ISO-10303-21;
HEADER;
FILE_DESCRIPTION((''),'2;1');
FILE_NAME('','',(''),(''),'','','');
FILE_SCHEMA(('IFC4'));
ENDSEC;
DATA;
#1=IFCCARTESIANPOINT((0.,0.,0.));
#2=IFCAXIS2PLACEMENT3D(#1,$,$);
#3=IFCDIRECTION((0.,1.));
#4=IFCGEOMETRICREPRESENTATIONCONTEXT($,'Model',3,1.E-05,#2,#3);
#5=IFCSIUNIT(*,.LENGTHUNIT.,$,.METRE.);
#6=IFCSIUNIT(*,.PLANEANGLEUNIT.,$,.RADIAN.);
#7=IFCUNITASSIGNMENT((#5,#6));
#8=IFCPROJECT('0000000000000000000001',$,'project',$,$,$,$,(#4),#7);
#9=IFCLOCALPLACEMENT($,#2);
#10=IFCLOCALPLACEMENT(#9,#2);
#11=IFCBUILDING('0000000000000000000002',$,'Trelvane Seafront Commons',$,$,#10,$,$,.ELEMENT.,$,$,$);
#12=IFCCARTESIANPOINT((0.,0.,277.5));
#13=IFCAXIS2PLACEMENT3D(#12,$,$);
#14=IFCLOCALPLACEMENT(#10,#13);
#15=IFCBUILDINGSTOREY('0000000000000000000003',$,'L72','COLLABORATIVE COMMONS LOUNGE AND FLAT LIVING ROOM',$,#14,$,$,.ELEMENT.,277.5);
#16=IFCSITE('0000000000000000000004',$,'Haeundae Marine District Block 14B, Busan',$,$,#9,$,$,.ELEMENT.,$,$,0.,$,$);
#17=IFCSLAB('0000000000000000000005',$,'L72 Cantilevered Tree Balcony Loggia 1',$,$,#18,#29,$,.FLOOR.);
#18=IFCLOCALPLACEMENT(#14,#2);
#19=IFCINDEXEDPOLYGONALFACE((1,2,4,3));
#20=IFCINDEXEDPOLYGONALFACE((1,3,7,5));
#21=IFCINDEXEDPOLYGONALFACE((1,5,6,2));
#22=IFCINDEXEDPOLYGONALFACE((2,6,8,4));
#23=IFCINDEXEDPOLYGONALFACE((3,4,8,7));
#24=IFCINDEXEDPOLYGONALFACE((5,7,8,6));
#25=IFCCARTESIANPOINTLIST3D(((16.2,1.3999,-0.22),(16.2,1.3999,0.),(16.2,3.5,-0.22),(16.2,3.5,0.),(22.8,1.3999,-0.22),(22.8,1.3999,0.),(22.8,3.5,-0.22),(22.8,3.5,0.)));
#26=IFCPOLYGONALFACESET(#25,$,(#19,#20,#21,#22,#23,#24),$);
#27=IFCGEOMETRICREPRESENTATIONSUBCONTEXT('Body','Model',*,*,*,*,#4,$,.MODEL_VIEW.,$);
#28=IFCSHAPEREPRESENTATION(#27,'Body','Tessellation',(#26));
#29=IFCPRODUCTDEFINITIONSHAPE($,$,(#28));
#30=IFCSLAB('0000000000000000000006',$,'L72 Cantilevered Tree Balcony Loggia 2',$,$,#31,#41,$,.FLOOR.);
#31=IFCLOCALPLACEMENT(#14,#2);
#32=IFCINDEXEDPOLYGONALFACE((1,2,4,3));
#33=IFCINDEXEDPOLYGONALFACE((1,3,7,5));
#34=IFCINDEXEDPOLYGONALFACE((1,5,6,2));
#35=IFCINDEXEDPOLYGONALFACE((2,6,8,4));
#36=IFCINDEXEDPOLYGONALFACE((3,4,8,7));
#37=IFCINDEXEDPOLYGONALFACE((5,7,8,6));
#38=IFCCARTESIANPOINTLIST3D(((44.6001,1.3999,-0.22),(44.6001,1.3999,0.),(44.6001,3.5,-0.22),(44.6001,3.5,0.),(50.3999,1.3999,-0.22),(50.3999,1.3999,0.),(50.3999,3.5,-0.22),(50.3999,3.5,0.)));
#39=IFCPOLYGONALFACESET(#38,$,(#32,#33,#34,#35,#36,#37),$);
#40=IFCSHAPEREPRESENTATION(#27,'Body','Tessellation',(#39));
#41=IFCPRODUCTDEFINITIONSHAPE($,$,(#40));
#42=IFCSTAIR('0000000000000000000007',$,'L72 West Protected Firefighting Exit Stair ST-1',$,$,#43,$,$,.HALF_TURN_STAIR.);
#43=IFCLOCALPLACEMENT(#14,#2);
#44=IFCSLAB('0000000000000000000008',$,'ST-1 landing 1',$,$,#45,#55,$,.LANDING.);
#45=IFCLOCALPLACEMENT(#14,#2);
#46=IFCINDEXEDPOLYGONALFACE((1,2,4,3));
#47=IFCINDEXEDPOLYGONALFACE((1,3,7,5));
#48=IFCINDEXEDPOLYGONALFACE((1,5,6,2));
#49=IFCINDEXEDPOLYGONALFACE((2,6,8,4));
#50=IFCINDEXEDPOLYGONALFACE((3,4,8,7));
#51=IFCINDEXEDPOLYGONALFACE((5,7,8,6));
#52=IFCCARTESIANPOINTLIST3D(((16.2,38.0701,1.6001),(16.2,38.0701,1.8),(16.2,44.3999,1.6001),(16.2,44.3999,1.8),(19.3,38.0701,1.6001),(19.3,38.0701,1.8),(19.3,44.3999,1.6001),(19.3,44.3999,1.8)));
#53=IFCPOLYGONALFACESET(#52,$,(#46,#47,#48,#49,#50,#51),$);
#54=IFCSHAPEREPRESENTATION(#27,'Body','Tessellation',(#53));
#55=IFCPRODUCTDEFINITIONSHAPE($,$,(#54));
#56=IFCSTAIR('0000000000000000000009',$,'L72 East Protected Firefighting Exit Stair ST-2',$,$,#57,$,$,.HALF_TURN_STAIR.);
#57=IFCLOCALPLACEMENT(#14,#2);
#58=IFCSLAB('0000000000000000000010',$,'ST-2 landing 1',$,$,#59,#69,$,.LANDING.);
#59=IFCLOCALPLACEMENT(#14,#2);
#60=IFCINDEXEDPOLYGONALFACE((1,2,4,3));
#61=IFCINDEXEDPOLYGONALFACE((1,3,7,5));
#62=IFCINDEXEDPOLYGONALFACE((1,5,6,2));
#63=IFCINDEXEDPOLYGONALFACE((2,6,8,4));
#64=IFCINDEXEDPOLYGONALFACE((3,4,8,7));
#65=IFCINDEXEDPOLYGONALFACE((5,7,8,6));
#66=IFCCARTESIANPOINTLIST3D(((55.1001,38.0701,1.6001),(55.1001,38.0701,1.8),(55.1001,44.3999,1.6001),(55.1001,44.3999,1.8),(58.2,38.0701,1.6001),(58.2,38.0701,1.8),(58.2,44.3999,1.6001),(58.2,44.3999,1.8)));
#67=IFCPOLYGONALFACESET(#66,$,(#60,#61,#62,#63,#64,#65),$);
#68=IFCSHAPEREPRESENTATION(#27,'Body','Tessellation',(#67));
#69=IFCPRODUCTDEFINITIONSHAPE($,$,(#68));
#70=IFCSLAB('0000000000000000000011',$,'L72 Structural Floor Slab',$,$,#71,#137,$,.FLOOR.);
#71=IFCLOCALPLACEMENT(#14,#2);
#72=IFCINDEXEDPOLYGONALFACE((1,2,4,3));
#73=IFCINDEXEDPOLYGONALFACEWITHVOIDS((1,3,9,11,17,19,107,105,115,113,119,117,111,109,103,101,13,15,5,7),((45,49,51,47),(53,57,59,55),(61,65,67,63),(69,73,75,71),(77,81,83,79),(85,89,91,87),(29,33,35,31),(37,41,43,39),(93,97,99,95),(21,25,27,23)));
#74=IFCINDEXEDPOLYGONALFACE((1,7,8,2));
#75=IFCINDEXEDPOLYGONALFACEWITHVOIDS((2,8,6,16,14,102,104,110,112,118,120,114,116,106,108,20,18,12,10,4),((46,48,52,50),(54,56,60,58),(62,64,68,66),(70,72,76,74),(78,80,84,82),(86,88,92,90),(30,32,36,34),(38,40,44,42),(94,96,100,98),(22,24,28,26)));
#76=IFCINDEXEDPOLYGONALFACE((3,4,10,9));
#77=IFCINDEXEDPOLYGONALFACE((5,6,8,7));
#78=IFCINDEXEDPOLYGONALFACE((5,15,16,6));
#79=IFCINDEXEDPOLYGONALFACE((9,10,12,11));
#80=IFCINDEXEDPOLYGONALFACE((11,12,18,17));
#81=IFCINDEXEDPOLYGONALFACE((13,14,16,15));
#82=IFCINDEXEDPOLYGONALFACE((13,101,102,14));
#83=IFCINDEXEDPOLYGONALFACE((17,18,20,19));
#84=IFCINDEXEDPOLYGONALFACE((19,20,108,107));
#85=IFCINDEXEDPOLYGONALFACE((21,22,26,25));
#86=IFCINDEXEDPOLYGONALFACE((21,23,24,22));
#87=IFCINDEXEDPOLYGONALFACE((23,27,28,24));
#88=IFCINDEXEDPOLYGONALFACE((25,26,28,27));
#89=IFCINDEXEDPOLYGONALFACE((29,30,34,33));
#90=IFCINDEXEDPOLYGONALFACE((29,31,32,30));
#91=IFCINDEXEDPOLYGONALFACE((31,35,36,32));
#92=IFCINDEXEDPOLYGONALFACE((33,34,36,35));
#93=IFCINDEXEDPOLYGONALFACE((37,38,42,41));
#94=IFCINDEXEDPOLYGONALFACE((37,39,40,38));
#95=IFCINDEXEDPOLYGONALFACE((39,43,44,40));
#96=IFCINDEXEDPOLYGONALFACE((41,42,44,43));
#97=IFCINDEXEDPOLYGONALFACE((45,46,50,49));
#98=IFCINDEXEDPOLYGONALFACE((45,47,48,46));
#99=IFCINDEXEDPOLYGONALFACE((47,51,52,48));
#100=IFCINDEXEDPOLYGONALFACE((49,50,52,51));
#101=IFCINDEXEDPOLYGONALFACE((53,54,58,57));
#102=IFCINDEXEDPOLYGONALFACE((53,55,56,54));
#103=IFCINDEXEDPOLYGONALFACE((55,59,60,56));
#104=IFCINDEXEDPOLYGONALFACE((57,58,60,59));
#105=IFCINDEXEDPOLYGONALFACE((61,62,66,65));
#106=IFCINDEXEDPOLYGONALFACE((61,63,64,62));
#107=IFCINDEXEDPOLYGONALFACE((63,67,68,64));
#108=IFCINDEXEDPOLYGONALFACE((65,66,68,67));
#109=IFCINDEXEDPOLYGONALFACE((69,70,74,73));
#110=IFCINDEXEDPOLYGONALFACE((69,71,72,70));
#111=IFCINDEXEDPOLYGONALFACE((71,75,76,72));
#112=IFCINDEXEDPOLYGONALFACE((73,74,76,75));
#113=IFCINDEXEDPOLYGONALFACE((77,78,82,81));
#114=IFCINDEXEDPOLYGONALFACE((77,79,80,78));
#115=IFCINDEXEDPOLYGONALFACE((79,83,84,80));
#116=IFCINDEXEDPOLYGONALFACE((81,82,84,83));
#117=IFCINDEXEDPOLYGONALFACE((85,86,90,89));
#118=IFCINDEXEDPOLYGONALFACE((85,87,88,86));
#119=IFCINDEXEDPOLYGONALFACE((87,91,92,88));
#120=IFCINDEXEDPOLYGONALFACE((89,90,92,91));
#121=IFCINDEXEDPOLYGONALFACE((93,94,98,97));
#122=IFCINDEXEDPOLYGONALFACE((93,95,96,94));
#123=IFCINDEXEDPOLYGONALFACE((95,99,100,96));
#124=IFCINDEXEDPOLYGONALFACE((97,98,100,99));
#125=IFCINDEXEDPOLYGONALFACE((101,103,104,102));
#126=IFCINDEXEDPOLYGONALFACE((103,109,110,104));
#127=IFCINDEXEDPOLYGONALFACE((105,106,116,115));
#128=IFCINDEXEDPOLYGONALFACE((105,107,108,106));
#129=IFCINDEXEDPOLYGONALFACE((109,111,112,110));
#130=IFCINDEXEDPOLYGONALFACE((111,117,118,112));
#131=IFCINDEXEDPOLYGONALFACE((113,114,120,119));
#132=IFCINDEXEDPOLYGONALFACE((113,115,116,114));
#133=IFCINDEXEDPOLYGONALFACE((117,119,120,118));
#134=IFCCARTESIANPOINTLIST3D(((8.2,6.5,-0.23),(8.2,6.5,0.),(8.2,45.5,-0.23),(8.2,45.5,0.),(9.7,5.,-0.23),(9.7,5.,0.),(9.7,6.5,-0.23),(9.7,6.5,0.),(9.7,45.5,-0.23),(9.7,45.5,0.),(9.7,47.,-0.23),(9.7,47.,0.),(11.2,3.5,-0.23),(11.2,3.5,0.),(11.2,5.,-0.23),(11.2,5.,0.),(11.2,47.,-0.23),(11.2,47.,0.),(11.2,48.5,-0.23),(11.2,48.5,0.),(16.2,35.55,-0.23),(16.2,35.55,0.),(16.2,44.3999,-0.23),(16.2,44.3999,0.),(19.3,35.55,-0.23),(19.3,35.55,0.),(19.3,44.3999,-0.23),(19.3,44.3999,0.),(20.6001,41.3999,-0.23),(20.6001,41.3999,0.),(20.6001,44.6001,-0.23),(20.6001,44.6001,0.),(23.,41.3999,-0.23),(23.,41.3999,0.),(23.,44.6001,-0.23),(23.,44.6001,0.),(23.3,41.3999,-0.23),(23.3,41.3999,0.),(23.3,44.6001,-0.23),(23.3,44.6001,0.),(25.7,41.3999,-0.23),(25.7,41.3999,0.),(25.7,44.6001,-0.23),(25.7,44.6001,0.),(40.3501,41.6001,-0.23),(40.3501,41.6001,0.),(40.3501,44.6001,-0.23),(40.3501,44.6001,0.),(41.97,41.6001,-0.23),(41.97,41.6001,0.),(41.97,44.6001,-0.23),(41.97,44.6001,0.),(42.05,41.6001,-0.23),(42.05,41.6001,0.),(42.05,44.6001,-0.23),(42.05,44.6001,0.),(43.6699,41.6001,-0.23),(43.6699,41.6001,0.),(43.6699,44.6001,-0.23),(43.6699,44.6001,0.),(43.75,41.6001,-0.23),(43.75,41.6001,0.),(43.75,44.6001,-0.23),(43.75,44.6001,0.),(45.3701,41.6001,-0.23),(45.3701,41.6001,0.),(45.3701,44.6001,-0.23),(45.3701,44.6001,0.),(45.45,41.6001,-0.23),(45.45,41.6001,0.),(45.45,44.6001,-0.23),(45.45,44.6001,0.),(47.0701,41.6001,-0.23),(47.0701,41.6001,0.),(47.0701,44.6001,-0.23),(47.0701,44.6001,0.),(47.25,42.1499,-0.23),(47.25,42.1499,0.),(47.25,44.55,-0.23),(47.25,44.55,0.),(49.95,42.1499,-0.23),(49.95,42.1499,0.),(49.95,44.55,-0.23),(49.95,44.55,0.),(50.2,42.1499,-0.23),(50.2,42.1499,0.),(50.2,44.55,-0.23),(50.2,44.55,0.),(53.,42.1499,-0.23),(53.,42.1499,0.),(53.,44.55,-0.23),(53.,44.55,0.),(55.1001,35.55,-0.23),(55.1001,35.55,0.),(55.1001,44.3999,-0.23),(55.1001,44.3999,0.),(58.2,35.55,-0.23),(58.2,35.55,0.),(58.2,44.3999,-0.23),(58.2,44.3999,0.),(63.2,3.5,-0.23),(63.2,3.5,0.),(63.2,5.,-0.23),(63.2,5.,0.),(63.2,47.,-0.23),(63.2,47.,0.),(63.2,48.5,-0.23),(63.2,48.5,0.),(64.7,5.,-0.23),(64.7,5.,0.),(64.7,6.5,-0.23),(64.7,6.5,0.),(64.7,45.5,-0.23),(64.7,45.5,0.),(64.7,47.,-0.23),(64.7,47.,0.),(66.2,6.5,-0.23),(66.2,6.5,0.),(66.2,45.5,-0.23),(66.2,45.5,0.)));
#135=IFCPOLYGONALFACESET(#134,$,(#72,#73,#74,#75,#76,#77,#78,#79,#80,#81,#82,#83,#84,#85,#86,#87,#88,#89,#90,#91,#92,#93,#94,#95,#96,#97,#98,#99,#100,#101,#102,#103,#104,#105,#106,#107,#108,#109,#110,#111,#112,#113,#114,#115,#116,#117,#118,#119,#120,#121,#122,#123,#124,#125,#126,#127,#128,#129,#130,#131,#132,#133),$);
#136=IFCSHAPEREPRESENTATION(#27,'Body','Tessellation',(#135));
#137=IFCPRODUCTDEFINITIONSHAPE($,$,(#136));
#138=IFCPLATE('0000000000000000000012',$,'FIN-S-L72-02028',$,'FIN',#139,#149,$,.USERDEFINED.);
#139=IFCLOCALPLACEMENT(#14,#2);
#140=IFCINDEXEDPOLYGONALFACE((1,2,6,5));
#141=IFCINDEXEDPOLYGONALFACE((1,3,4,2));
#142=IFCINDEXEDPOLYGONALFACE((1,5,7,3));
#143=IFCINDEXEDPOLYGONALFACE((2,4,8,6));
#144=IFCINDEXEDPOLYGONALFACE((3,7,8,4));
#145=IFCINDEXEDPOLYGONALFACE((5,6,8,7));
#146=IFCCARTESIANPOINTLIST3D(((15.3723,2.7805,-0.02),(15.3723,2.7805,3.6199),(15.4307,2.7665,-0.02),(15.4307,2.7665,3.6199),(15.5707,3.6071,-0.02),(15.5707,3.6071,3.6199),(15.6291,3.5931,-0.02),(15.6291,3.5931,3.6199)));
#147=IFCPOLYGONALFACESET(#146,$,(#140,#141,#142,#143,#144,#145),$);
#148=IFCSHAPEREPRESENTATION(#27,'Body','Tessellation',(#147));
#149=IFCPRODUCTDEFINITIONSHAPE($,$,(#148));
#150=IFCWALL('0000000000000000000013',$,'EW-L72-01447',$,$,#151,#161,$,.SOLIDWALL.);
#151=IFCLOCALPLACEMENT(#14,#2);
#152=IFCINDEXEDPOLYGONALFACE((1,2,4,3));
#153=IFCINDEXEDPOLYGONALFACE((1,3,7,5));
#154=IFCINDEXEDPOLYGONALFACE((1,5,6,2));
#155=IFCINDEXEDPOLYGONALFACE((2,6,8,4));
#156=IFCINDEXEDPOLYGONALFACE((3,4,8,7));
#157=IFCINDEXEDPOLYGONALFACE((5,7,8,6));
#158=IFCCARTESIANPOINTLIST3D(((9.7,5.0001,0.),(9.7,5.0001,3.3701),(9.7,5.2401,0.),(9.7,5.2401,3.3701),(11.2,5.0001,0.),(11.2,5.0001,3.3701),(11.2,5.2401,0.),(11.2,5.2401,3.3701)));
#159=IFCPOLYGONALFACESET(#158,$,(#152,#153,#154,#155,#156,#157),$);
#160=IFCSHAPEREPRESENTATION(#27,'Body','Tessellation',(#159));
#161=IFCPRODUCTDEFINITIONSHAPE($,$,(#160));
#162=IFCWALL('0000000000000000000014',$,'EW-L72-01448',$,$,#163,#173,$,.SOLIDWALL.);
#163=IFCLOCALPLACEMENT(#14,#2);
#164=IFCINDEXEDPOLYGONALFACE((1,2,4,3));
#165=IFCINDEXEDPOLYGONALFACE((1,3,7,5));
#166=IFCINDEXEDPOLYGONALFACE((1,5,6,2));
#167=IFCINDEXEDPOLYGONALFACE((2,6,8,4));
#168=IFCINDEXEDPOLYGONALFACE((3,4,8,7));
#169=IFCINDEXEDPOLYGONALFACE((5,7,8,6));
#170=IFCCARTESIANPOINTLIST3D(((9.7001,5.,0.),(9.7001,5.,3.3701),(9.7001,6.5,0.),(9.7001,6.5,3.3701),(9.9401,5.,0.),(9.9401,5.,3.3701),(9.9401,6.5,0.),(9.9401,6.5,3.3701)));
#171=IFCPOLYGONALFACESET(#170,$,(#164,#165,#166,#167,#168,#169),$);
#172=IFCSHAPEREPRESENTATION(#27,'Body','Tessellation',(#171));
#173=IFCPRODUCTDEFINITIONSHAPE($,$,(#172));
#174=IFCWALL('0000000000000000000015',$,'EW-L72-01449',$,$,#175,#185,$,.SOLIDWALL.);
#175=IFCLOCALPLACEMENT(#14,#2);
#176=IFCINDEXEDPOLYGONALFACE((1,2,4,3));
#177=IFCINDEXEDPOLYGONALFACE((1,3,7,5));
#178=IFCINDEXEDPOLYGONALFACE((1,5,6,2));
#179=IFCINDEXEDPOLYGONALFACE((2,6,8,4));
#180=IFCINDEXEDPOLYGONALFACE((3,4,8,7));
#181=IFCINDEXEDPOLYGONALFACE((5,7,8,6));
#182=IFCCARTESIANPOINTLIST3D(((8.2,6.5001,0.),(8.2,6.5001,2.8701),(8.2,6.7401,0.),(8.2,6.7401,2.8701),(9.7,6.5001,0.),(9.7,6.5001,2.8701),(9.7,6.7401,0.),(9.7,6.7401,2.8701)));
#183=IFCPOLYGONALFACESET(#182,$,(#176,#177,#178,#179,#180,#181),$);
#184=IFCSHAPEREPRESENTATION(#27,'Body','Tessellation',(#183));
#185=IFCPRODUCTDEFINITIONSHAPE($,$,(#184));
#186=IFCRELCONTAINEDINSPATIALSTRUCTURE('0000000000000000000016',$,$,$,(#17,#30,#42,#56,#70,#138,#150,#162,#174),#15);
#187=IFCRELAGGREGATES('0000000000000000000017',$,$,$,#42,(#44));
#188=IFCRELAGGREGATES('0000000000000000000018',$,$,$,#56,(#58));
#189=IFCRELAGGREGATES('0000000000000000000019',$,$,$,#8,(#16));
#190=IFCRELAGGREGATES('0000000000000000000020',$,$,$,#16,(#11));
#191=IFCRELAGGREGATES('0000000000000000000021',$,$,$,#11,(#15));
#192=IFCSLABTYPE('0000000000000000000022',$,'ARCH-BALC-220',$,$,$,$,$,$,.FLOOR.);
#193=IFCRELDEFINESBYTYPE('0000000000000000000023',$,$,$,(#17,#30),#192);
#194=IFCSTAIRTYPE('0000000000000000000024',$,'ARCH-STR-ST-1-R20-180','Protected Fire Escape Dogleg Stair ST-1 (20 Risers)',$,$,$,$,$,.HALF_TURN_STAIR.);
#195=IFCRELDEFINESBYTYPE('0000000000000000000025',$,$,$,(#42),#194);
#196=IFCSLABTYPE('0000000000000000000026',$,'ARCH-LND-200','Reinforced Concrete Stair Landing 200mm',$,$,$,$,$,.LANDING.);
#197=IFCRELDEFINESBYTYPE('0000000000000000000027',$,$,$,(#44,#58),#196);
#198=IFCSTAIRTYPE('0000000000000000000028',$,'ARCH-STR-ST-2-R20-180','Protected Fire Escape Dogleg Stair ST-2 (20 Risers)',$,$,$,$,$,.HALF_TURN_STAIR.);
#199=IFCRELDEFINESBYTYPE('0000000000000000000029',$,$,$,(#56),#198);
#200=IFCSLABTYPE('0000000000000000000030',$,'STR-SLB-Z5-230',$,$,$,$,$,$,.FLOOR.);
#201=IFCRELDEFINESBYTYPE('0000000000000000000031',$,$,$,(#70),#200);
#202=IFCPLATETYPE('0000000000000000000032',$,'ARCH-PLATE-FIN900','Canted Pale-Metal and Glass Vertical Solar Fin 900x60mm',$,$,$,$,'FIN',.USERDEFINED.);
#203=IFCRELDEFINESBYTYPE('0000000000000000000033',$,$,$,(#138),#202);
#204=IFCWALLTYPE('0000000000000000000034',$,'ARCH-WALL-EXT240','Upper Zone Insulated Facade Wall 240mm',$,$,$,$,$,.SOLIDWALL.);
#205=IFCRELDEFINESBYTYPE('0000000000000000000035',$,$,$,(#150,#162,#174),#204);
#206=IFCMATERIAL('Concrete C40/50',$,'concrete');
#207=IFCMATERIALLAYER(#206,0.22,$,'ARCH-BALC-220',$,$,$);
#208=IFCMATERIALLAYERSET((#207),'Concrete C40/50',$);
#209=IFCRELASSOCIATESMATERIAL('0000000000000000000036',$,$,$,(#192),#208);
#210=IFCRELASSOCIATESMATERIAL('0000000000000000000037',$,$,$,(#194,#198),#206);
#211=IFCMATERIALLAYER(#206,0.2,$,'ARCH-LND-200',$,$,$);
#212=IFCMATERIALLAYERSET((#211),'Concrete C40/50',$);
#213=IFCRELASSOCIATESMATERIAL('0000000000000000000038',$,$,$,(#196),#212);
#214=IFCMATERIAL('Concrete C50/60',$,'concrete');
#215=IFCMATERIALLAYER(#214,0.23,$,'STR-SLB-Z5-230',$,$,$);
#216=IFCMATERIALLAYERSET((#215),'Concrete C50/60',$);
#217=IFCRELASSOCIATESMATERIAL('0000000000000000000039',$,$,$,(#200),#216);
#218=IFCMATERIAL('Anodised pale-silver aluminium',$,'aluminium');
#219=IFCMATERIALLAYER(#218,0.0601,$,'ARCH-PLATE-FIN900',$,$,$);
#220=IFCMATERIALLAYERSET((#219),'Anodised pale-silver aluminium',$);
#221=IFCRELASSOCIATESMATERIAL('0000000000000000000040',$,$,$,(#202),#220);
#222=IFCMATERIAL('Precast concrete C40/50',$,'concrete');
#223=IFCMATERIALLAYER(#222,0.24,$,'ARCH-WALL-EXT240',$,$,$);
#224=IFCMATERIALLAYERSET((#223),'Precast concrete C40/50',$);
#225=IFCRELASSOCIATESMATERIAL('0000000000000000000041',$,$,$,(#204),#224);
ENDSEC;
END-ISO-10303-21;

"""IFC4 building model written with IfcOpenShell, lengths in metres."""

from ifc_helpers import new_model, si_unit, direction, frame, frame_2d, origin, origin_2d, place, context, subcontext, project, spatial, polyline, rectangle, outline, extrude, source, transform, mapped, material, layer, layer_set, type_object, element, aggregate, save


model = new_model("IFC4")

# Units and contexts
model_context = context("Model", 3, precision=1e-05, world=origin(), true_north=direction((0.0, 1.0)))
body_context = subcontext(model_context, "Body", "Model", "MODEL_VIEW")
ifc_project = project(units=[si_unit("LENGTHUNIT", "METRE"), si_unit("PLANEANGLEUNIT", "RADIAN")], contexts=[model_context])

# Site, building, storey
site_placement = place(None, origin())
site = spatial("IfcSite", under=ifc_project, at=site_placement, Name="Haeundae Marine District Block 14B, Busan", CompositionType="ELEMENT", RefElevation=0.0)
building_placement = place(site_placement, origin())
building = spatial("IfcBuilding", under=site, at=building_placement, Name="Trelvane Seafront Commons", CompositionType="ELEMENT")
storey_placement = place(building_placement, frame((0.0, 0.0, 277.5)))
storey = spatial("IfcBuildingStorey", under=building, at=storey_placement, Name="L72", Description="COLLABORATIVE COMMONS LOUNGE AND FLAT LIVING ROOM", CompositionType="ELEMENT", Elevation=277.5)

# Slabs
ifc_material_1 = material(Name="Concrete C40/50", Category="concrete")
ifc_layer_1 = layer(ifc_material_1, 0.22, Name="ARCH-BALC-220")
ifc_layer_set_1 = layer_set([ifc_layer_1], Name="Concrete C40/50")
slab_type_1 = type_object("IfcSlabType", Name="ARCH-BALC-220", PredefinedType="FLOOR", material=ifc_layer_set_1)
slab_1_placement = place(storey_placement, frame((0.0, 0.0, -0.22)))
element("IfcSlab", 1, at=slab_1_placement, inside=storey, type_object=slab_type_1, Name="L72 Cantilevered Tree Balcony Loggia 1", PredefinedType="FLOOR", context=body_context, shape_type="SweptSolid", body=[
    extrude(outline(polyline([(16.2, 1.3999), (22.8, 1.3999), (22.8, 3.5), (16.2, 3.5), (16.2, 1.3999)])), origin(), (0.0, 0.0, 1.0), 0.22),
])
slab_2_placement = place(storey_placement, frame((0.0, 0.0, -0.22)))
element("IfcSlab", 2, at=slab_2_placement, inside=storey, type_object=slab_type_1, Name="L72 Cantilevered Tree Balcony Loggia 2", PredefinedType="FLOOR", context=body_context, shape_type="SweptSolid", body=[
    extrude(outline(polyline([(44.6001, 1.3999), (50.3999, 1.3999), (50.3999, 3.5), (44.6001, 3.5), (44.6001, 1.3999)])), origin(), (0.0, 0.0, 1.0), 0.22),
])

# Stairs, slabs
stair_type_1 = type_object("IfcStairType", Name="ARCH-STR-ST-1-R20-180", Description="Protected Fire Escape Dogleg Stair ST-1 (20 Risers)", PredefinedType="HALF_TURN_STAIR", material=ifc_material_1)
stair_1_placement = place(storey_placement, origin())
stair_1 = element("IfcStair", 3, at=stair_1_placement, inside=storey, type_object=stair_type_1, Name="L72 West Protected Firefighting Exit Stair ST-1", PredefinedType="HALF_TURN_STAIR")
ifc_layer_2 = layer(ifc_material_1, 0.2, Name="ARCH-LND-200")
ifc_layer_set_2 = layer_set([ifc_layer_2], Name="Concrete C40/50")
slab_type_2 = type_object("IfcSlabType", Name="ARCH-LND-200", Description="Reinforced Concrete Stair Landing 200mm", PredefinedType="LANDING", material=ifc_layer_set_2)
slab_3_placement = place(storey_placement, frame((0.0, 0.0, 1.6001)))
slab_3 = element("IfcSlab", 4, at=slab_3_placement, type_object=slab_type_2, Name="ST-1 landing 1", PredefinedType="LANDING", context=body_context, shape_type="SweptSolid", body=[
    extrude(outline(polyline([(19.3, 38.0701), (19.3, 44.3999), (16.2, 44.3999), (16.2, 38.0701), (19.3, 38.0701)])), origin(), (0.0, 0.0, 1.0), 0.2),
])
aggregate(stair_1, [slab_3])
stair_type_2 = type_object("IfcStairType", Name="ARCH-STR-ST-2-R20-180", Description="Protected Fire Escape Dogleg Stair ST-2 (20 Risers)", PredefinedType="HALF_TURN_STAIR", material=ifc_material_1)
stair_2_placement = place(storey_placement, origin())
stair_2 = element("IfcStair", 5, at=stair_2_placement, inside=storey, type_object=stair_type_2, Name="L72 East Protected Firefighting Exit Stair ST-2", PredefinedType="HALF_TURN_STAIR")
slab_4_placement = place(storey_placement, frame((0.0, 0.0, 1.6001)))
slab_4 = element("IfcSlab", 6, at=slab_4_placement, type_object=slab_type_2, Name="ST-2 landing 1", PredefinedType="LANDING", context=body_context, shape_type="SweptSolid", body=[
    extrude(outline(polyline([(58.2, 38.0701), (58.2, 44.3999), (55.1001, 44.3999), (55.1001, 38.0701), (58.2, 38.0701)])), origin(), (0.0, 0.0, 1.0), 0.2),
])
aggregate(stair_2, [slab_4])

# Slab
ifc_material_2 = material(Name="Concrete C50/60", Category="concrete")
ifc_layer_3 = layer(ifc_material_2, 0.23, Name="STR-SLB-Z5-230")
ifc_layer_set_3 = layer_set([ifc_layer_3], Name="Concrete C50/60")
slab_type_3 = type_object("IfcSlabType", Name="STR-SLB-Z5-230", PredefinedType="FLOOR", material=ifc_layer_set_3)
slab_5_placement = place(storey_placement, frame((0.0, 0.0, -0.23)))
element("IfcSlab", 7, at=slab_5_placement, inside=storey, type_object=slab_type_3, Name="L72 Structural Floor Slab", PredefinedType="FLOOR", context=body_context, shape_type="SweptSolid", body=[
    extrude(outline(polyline([(11.2, 3.5), (63.2, 3.5), (63.2, 5.0), (64.7, 5.0), (64.7, 6.5), (66.2, 6.5), (66.2, 45.5), (64.7, 45.5), (64.7, 47.0), (63.2, 47.0), (63.2, 48.5), (11.2, 48.5), (11.2, 47.0), (9.7, 47.0), (9.7, 45.5), (8.2, 45.5), (8.2, 6.5), (9.7, 6.5), (9.7, 5.0), (11.2, 5.0), (11.2, 3.5)]), holes=[polyline([(19.3, 35.55), (16.2, 35.55), (16.2, 44.3999), (19.3, 44.3999), (19.3, 35.55)]), polyline([(58.2, 35.55), (55.1001, 35.55), (55.1001, 44.3999), (58.2, 44.3999), (58.2, 35.55)]), polyline([(23.0, 41.3999), (20.6001, 41.3999), (20.6001, 44.6001), (23.0, 44.6001), (23.0, 41.3999)]), polyline([(23.3, 41.3999), (23.3, 44.6001), (25.7, 44.6001), (25.7, 41.3999), (23.3, 41.3999)]), polyline([(40.3501, 41.6001), (40.3501, 44.6001), (41.97, 44.6001), (41.97, 41.6001), (40.3501, 41.6001)]), polyline([(43.6699, 41.6001), (42.05, 41.6001), (42.05, 44.6001), (43.6699, 44.6001), (43.6699, 41.6001)]), polyline([(45.3701, 41.6001), (43.75, 41.6001), (43.75, 44.6001), (45.3701, 44.6001), (45.3701, 41.6001)]), polyline([(47.0701, 41.6001), (45.45, 41.6001), (45.45, 44.6001), (47.0701, 44.6001), (47.0701, 41.6001)]), polyline([(47.25, 42.1499), (47.25, 44.55), (49.95, 44.55), (49.95, 42.1499), (47.25, 42.1499)]), polyline([(50.2, 42.1499), (50.2, 44.55), (53.0, 44.55), (53.0, 42.1499), (50.2, 42.1499)])]), origin(), (0.0, 0.0, 1.0), 0.23),
])

# Plate
ifc_material_3 = material(Name="Anodised pale-silver aluminium", Category="aluminium")
ifc_layer_4 = layer(ifc_material_3, 0.0601, Name="ARCH-PLATE-FIN900")
ifc_layer_set_4 = layer_set([ifc_layer_4], Name="Anodised pale-silver aluminium")
plate_type = type_object("IfcPlateType", Name="ARCH-PLATE-FIN900", Description="Canted Pale-Metal and Glass Vertical Solar Fin 900x60mm", ElementType="FIN", PredefinedType="USERDEFINED", material=ifc_layer_set_4)
shared_shape_1 = source(origin(), body_context, "Body", "SweptSolid", [
    extrude(rectangle(XDim=0.8501, YDim=0.0601, at=origin_2d()), origin(), (0.0, 0.0, 1.0), 3.6399),
])
plate_placement = place(storey_placement, frame((15.5007, 3.1868, -0.02), z_axis=(0.0, 0.0, 1.0), x_axis=(-0.233418, -0.972376, 0.0)))
element("IfcPlate", 8, at=plate_placement, inside=storey, type_object=plate_type, Name="FIN-S-L72-02028", ObjectType="FIN", PredefinedType="USERDEFINED", context=body_context, shape_type="MappedRepresentation", body=[
    mapped(shared_shape_1, transform((0.0, 0.0, 0.0), x_axis=(1.0, 0.0, 0.0), y_axis=(0.0, 1.0, 0.0), z_axis=(0.0, 0.0, 1.0), scale=1.0)),
])

# Walls
ifc_material_4 = material(Name="Precast concrete C40/50", Category="concrete")
ifc_layer_5 = layer(ifc_material_4, 0.24, Name="ARCH-WALL-EXT240")
ifc_layer_set_5 = layer_set([ifc_layer_5], Name="Precast concrete C40/50")
wall_type_1 = type_object("IfcWallType", Name="ARCH-WALL-EXT240", Description="Upper Zone Insulated Facade Wall 240mm", PredefinedType="SOLIDWALL", material=ifc_layer_set_5)
for number, where, z_axis, x_axis, name in (
    (9, (11.2, 5.1201, 0.0), (0.0, 0.0, 1.0), (-1.0, 0.0, 0.0), "EW-L72-01447"),
    (10, (9.8201, 5.0, 0.0), (0.0, 0.0, 1.0), (0.0, 1.0, 0.0), "EW-L72-01448"),
):
    element("IfcWall", number, at=place(storey_placement, frame(where, z_axis=z_axis, x_axis=x_axis)), inside=storey, type_object=wall_type_1, Name=name, PredefinedType="SOLIDWALL", context=body_context, shape_type="SweptSolid", body=[
        extrude(rectangle(XDim=1.5, YDim=0.24, at=frame_2d((0.75, 0.0))), origin(), (0.0, 0.0, 1.0), 3.3701),
    ])
wall_1_placement = place(storey_placement, frame((9.7, 6.6201, 0.0), z_axis=(0.0, 0.0, 1.0), x_axis=(-1.0, 0.0, 0.0)))
element("IfcWall", 11, at=wall_1_placement, inside=storey, type_object=wall_type_1, Name="EW-L72-01449", PredefinedType="SOLIDWALL", context=body_context, shape_type="SweptSolid", body=[
    extrude(rectangle(XDim=1.5, YDim=0.24, at=frame_2d((0.75, 0.0))), origin(), (0.0, 0.0, 1.0), 2.8701),
])

save(model, "model.ifc")
